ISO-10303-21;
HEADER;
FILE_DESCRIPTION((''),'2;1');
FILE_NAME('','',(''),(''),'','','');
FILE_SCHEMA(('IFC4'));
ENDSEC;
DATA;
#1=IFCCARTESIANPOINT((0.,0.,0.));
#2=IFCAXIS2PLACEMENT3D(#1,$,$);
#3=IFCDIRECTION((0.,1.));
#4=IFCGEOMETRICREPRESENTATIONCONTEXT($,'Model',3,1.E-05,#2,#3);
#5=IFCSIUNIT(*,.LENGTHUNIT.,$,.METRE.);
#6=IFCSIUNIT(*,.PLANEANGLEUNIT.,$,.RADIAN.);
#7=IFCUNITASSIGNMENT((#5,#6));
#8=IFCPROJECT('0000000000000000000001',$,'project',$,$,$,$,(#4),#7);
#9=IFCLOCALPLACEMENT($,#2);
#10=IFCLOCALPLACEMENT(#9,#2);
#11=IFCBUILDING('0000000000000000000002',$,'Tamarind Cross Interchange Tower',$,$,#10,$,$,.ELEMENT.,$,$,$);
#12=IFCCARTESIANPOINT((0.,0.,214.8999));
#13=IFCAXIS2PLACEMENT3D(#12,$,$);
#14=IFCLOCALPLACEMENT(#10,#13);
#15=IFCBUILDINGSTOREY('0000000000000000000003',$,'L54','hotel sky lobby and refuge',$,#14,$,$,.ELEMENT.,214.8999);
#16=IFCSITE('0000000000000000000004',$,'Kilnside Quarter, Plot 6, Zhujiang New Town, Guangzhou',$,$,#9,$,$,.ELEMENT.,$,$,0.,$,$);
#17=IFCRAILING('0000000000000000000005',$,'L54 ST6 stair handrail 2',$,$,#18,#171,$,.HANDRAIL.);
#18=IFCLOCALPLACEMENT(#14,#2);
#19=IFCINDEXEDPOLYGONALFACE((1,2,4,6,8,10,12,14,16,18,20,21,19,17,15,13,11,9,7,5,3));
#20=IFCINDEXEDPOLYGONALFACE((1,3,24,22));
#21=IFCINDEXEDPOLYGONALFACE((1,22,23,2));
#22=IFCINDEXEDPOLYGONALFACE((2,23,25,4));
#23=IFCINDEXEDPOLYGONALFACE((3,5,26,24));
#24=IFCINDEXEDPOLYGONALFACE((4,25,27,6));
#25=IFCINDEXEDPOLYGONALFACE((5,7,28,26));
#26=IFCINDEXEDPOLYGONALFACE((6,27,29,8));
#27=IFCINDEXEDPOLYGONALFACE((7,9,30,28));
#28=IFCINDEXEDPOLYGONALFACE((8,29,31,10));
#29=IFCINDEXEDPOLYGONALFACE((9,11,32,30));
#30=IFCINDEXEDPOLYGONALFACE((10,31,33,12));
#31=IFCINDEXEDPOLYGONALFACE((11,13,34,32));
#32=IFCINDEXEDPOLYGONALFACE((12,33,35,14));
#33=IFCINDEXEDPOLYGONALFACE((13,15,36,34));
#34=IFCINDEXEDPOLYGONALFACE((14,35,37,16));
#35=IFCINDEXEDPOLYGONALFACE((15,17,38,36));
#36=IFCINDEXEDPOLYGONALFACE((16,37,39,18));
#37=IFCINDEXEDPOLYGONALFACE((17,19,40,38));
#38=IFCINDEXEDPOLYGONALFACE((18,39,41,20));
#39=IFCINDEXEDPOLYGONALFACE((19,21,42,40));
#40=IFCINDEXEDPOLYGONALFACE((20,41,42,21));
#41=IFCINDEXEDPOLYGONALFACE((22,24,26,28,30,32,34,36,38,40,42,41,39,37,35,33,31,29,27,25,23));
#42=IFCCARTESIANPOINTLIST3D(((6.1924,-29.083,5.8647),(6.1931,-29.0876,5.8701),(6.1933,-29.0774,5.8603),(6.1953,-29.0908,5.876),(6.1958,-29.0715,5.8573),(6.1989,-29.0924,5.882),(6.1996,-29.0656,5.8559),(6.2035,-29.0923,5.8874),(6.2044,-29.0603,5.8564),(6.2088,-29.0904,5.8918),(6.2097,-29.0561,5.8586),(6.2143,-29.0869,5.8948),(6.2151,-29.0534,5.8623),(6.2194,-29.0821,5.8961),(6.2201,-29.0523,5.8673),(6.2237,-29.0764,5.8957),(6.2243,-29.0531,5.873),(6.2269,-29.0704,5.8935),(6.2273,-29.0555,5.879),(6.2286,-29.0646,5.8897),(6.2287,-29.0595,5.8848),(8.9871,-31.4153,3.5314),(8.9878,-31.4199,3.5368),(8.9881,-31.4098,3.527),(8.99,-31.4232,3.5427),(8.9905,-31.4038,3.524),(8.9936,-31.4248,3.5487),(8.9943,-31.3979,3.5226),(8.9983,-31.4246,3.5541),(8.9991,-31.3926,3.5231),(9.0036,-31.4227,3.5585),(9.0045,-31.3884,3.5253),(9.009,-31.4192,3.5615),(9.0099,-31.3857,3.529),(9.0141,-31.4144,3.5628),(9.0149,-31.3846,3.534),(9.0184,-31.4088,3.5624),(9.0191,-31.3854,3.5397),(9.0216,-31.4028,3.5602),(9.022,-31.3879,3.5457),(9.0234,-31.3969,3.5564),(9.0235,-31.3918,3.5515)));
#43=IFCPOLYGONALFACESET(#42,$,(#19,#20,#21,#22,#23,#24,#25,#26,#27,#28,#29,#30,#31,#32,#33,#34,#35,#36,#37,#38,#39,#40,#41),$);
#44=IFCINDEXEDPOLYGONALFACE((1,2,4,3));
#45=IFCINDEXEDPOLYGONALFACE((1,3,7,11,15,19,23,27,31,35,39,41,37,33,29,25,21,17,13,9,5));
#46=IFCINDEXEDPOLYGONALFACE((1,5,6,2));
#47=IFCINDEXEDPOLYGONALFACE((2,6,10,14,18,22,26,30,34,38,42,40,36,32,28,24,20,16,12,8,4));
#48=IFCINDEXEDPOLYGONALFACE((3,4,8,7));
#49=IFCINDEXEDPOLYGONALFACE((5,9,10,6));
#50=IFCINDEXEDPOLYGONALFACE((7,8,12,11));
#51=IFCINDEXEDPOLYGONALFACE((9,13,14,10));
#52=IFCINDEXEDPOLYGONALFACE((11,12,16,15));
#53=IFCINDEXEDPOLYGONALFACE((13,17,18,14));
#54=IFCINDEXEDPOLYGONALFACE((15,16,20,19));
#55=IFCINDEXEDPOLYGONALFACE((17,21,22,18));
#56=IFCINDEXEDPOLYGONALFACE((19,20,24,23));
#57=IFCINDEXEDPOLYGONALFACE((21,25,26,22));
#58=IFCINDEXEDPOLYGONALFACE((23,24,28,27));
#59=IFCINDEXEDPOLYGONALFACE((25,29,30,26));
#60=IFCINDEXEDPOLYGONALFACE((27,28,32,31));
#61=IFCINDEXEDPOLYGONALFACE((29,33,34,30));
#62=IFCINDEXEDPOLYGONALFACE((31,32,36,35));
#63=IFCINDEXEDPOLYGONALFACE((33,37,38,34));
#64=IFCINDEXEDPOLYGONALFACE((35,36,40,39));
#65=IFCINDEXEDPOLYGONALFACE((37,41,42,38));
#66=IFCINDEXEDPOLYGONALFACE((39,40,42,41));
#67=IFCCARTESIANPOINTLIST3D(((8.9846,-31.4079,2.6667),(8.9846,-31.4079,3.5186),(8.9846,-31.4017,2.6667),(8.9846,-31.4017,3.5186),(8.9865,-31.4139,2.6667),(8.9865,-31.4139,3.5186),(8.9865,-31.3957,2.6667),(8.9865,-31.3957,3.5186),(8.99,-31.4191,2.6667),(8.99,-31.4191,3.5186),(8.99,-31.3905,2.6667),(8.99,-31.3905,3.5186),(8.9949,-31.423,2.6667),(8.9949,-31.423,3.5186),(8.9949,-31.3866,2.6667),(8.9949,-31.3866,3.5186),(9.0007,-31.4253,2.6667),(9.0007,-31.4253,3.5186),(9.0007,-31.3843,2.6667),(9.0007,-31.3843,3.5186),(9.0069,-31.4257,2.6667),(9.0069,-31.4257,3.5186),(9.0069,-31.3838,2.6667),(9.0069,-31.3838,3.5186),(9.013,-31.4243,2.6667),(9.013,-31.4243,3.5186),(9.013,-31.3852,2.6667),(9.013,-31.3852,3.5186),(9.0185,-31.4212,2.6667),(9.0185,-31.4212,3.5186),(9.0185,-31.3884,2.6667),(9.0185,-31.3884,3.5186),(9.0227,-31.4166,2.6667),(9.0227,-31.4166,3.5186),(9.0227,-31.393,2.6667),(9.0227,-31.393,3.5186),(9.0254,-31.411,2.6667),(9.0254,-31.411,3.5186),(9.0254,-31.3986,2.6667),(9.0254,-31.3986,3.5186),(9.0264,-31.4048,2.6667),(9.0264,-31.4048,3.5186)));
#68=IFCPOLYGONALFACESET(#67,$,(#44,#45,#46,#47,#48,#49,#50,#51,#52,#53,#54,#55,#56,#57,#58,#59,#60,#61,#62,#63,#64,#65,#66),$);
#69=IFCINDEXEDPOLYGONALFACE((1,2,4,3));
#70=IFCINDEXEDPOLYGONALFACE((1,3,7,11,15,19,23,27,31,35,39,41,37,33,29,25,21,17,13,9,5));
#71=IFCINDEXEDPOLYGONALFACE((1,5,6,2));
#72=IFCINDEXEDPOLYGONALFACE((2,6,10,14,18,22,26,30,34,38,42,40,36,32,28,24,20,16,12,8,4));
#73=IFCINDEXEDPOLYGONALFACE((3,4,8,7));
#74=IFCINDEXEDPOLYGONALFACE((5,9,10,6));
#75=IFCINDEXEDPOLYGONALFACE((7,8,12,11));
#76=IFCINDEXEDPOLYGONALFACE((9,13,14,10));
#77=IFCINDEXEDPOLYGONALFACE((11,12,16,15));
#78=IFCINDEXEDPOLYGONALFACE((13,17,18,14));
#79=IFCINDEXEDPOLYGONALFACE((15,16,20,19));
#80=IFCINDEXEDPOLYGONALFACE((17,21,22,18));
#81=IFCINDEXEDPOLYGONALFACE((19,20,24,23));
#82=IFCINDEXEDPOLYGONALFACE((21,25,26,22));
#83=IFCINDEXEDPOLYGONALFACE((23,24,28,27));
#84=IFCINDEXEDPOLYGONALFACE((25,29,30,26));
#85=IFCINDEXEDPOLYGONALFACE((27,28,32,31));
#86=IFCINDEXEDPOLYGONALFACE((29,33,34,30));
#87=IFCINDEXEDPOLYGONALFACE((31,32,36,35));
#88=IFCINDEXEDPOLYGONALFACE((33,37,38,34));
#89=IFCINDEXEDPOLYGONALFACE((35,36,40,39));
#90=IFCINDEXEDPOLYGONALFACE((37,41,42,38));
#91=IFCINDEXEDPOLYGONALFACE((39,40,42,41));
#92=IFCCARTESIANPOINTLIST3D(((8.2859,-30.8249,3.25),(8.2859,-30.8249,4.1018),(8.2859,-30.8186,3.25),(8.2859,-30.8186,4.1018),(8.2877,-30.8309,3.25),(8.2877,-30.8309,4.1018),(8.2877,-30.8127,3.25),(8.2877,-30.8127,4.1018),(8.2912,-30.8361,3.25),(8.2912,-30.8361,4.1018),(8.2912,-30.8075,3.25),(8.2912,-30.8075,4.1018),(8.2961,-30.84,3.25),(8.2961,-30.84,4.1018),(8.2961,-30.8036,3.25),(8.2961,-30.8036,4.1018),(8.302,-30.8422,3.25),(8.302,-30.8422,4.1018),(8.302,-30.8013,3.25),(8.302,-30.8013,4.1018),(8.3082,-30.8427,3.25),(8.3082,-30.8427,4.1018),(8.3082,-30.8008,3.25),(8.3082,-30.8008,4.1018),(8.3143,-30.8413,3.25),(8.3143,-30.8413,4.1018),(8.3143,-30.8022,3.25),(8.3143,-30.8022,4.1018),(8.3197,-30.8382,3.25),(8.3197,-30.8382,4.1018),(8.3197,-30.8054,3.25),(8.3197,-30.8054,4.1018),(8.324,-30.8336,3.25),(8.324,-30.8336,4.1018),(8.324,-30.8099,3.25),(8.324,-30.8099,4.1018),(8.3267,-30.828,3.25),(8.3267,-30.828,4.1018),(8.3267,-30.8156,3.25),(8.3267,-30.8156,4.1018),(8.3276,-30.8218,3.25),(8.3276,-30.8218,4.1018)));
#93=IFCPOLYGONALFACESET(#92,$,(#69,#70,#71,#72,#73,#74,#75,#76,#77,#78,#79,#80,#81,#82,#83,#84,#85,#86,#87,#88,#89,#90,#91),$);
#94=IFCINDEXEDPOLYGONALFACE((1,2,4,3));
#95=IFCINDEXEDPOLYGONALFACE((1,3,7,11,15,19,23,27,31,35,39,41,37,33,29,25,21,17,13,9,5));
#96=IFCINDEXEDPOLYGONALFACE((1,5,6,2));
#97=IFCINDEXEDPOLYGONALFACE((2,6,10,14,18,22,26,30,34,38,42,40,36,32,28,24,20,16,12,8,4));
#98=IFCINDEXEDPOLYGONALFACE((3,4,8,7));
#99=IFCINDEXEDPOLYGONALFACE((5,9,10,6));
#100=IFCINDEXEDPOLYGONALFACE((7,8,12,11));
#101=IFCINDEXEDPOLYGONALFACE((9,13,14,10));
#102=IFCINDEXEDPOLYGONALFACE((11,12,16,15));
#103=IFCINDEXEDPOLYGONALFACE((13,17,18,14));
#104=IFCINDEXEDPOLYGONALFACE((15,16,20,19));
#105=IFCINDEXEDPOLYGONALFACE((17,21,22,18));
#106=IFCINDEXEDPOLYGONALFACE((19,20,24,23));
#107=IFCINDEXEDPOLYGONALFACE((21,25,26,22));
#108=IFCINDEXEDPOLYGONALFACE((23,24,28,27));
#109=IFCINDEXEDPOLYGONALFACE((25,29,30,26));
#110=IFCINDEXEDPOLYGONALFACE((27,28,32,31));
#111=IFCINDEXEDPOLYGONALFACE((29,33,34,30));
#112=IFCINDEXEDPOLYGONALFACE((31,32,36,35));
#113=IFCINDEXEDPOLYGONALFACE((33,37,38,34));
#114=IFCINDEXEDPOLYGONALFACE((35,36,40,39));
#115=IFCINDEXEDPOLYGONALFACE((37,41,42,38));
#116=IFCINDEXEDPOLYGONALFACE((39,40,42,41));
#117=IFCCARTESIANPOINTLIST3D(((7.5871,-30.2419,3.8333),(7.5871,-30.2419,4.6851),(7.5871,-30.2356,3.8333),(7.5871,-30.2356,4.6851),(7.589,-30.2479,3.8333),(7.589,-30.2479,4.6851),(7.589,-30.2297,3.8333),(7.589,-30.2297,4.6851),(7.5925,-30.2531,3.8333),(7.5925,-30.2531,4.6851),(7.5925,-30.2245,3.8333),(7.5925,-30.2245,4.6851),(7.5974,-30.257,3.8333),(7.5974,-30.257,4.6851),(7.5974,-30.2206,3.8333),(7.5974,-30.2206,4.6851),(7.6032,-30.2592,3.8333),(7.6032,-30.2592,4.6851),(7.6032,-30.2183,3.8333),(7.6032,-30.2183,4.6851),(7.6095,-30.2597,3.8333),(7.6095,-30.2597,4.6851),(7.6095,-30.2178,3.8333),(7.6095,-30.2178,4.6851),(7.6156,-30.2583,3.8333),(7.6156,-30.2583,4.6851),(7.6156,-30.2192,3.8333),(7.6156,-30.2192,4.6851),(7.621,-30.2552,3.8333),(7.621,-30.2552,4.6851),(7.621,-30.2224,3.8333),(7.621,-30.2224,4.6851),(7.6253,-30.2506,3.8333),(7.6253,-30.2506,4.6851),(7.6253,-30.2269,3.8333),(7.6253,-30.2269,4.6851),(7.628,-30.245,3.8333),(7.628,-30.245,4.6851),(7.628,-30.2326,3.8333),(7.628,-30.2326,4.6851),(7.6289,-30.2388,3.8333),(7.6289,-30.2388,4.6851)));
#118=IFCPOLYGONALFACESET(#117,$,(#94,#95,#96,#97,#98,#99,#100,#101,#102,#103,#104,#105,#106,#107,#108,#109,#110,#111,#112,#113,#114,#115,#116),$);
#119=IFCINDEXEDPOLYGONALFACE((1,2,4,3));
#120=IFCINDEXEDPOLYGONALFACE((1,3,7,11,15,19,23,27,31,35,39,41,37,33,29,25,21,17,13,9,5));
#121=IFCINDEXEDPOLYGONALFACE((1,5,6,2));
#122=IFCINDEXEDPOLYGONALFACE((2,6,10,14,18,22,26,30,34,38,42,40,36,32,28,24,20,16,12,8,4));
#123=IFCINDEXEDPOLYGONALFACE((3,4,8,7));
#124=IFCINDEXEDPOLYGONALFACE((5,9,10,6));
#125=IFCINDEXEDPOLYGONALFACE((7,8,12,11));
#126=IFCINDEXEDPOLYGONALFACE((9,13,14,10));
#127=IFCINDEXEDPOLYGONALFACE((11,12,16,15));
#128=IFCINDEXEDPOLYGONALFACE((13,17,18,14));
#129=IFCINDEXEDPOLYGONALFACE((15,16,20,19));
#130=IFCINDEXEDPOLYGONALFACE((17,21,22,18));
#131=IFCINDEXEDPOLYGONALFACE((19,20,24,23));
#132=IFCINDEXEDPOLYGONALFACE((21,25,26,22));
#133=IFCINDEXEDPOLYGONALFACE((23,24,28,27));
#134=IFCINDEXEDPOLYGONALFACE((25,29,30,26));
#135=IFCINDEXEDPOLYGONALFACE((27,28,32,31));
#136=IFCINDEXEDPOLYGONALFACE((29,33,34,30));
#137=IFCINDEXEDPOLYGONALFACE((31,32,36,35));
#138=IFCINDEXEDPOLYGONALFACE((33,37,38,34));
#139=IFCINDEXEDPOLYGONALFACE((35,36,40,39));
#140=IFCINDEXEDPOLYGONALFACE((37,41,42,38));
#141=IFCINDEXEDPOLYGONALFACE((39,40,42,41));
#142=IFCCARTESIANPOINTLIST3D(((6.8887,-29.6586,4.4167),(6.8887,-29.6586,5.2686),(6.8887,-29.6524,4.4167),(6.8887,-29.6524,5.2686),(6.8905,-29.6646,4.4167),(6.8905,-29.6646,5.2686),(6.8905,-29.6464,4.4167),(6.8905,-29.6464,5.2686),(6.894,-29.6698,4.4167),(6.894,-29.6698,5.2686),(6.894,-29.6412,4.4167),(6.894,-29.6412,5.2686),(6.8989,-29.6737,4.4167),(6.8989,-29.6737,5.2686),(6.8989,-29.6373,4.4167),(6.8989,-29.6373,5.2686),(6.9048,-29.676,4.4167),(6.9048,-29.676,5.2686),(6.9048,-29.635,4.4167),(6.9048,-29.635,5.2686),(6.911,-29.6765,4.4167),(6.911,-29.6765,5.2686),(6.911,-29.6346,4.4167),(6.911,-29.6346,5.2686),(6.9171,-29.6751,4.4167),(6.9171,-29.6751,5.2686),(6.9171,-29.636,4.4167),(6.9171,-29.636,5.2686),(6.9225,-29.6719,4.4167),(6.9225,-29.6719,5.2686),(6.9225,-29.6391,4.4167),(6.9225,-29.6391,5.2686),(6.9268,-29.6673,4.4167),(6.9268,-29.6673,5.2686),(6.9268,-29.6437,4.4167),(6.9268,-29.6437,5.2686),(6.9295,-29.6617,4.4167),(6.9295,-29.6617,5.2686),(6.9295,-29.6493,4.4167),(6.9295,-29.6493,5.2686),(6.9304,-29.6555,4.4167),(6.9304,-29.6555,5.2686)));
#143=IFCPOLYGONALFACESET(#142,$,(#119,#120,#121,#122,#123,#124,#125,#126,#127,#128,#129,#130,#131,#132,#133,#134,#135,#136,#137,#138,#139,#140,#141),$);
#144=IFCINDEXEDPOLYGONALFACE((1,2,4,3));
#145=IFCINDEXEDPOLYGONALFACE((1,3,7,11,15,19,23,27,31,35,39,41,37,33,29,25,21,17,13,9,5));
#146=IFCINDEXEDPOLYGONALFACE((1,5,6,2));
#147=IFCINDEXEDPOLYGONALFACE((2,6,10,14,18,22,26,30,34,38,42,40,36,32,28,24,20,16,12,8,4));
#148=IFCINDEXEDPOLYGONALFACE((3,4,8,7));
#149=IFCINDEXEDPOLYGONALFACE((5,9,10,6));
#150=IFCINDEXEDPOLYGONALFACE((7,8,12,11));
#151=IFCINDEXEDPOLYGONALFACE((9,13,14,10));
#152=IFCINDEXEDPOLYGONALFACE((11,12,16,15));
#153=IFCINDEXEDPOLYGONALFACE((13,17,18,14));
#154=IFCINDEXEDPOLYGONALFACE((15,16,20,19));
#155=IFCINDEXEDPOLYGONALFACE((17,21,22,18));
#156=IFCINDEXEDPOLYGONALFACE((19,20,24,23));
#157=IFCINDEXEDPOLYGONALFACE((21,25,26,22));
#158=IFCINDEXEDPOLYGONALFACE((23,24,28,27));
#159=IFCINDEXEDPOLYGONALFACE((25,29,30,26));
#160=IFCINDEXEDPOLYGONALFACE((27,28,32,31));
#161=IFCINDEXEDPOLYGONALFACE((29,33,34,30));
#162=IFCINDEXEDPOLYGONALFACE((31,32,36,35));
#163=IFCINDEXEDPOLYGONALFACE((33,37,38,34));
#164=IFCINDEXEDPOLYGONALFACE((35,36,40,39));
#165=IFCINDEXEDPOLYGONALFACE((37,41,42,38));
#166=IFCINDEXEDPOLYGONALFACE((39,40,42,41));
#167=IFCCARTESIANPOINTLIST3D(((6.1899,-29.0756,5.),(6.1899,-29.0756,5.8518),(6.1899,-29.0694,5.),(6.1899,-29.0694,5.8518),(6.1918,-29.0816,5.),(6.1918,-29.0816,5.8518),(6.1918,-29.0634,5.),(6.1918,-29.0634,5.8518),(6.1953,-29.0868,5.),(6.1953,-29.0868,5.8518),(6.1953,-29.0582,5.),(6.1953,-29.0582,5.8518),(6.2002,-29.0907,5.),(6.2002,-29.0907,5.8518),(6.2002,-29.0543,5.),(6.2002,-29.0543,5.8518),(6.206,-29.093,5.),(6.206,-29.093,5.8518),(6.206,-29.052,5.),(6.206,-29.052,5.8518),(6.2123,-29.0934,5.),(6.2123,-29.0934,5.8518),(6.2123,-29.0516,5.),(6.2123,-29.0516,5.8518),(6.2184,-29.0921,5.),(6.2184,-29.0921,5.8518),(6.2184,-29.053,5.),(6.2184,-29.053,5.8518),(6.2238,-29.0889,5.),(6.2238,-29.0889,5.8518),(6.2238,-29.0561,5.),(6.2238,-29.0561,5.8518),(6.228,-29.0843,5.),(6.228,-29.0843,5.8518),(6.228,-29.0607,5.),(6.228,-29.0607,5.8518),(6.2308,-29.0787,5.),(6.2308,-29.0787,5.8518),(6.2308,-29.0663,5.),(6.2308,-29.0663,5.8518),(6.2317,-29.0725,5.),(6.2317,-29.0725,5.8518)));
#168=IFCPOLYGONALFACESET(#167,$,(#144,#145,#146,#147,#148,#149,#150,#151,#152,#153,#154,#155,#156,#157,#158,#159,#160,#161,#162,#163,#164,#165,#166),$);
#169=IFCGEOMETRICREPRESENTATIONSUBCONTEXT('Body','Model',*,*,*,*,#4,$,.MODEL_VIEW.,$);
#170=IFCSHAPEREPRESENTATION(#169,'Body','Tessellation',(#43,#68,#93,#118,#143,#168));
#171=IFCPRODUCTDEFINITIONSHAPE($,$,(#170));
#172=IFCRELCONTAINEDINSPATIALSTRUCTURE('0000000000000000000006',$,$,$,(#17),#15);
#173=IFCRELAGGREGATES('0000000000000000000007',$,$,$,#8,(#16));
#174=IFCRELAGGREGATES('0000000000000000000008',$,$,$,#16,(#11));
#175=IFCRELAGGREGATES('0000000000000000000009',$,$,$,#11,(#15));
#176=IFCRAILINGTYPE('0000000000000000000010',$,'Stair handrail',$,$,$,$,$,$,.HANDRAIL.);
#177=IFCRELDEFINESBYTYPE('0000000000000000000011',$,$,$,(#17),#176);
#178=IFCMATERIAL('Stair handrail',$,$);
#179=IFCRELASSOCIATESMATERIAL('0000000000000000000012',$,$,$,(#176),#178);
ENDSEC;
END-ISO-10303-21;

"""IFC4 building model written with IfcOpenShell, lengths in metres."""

from ifc_helpers import new_model, si_unit, direction, frame, origin, origin_2d, place, context, subcontext, project, spatial, circle, extrude, material, type_object, element, save


model = new_model("IFC4")

# Units and contexts
model_context = context("Model", 3, precision=1e-05, world=origin(), true_north=direction((0.0, 1.0)))
body_context = subcontext(model_context, "Body", "Model", "MODEL_VIEW")
ifc_project = project(units=[si_unit("LENGTHUNIT", "METRE"), si_unit("PLANEANGLEUNIT", "RADIAN")], contexts=[model_context])

# Site, building, storey
site_placement = place(None, origin())
site = spatial("IfcSite", under=ifc_project, at=site_placement, Name="Kilnside Quarter, Plot 6, Zhujiang New Town, Guangzhou", CompositionType="ELEMENT", RefElevation=0.0)
building_placement = place(site_placement, origin())
building = spatial("IfcBuilding", under=site, at=building_placement, Name="Tamarind Cross Interchange Tower", CompositionType="ELEMENT")
storey_placement = place(building_placement, frame((0.0, 0.0, 214.8999)))
storey = spatial("IfcBuildingStorey", under=building, at=storey_placement, Name="L54", Description="hotel sky lobby and refuge", CompositionType="ELEMENT", Elevation=214.8999)

# Railing
ifc_material_1 = material(Name="Stair handrail")
railing_type_1 = type_object("IfcRailingType", Name="Stair handrail", PredefinedType="HANDRAIL", material=ifc_material_1)
railing_1_placement = place(storey_placement, frame((9.0054, -31.4048, 2.6667)))
element("IfcRailing", 1, at=railing_1_placement, inside=storey, type_object=railing_type_1, Name="L54 ST6 stair handrail 2", PredefinedType="HANDRAIL", context=body_context, shape_type="SweptSolid", body=[
    extrude(circle(Radius=0.0239, at=origin_2d()), frame((0.0, 0.0, 0.876), z_axis=(-0.646373, 0.539425, 0.539651), x_axis=(-0.640732, -0.767765, 0.0)), (0.0, 0.0, 1.0), 4.3237),
    extrude(circle(Radius=0.021, at=origin_2d()), origin(), (0.0, 0.0, 1.0), 0.8518),
    extrude(circle(Radius=0.021, at=origin_2d()), frame((-0.6987, 0.583, 0.5833)), (0.0, 0.0, 1.0), 0.8518),
    extrude(circle(Radius=0.021, at=origin_2d()), frame((-1.3975, 1.166, 1.1665)), (0.0, 0.0, 1.0), 0.8518),
    extrude(circle(Radius=0.021, at=origin_2d()), frame((-2.0959, 1.7493, 1.75)), (0.0, 0.0, 1.0), 0.8518),
    extrude(circle(Radius=0.021, at=origin_2d()), frame((-2.7947, 2.3323, 2.3333)), (0.0, 0.0, 1.0), 0.8518),
])

save(model, "model.ifc")
